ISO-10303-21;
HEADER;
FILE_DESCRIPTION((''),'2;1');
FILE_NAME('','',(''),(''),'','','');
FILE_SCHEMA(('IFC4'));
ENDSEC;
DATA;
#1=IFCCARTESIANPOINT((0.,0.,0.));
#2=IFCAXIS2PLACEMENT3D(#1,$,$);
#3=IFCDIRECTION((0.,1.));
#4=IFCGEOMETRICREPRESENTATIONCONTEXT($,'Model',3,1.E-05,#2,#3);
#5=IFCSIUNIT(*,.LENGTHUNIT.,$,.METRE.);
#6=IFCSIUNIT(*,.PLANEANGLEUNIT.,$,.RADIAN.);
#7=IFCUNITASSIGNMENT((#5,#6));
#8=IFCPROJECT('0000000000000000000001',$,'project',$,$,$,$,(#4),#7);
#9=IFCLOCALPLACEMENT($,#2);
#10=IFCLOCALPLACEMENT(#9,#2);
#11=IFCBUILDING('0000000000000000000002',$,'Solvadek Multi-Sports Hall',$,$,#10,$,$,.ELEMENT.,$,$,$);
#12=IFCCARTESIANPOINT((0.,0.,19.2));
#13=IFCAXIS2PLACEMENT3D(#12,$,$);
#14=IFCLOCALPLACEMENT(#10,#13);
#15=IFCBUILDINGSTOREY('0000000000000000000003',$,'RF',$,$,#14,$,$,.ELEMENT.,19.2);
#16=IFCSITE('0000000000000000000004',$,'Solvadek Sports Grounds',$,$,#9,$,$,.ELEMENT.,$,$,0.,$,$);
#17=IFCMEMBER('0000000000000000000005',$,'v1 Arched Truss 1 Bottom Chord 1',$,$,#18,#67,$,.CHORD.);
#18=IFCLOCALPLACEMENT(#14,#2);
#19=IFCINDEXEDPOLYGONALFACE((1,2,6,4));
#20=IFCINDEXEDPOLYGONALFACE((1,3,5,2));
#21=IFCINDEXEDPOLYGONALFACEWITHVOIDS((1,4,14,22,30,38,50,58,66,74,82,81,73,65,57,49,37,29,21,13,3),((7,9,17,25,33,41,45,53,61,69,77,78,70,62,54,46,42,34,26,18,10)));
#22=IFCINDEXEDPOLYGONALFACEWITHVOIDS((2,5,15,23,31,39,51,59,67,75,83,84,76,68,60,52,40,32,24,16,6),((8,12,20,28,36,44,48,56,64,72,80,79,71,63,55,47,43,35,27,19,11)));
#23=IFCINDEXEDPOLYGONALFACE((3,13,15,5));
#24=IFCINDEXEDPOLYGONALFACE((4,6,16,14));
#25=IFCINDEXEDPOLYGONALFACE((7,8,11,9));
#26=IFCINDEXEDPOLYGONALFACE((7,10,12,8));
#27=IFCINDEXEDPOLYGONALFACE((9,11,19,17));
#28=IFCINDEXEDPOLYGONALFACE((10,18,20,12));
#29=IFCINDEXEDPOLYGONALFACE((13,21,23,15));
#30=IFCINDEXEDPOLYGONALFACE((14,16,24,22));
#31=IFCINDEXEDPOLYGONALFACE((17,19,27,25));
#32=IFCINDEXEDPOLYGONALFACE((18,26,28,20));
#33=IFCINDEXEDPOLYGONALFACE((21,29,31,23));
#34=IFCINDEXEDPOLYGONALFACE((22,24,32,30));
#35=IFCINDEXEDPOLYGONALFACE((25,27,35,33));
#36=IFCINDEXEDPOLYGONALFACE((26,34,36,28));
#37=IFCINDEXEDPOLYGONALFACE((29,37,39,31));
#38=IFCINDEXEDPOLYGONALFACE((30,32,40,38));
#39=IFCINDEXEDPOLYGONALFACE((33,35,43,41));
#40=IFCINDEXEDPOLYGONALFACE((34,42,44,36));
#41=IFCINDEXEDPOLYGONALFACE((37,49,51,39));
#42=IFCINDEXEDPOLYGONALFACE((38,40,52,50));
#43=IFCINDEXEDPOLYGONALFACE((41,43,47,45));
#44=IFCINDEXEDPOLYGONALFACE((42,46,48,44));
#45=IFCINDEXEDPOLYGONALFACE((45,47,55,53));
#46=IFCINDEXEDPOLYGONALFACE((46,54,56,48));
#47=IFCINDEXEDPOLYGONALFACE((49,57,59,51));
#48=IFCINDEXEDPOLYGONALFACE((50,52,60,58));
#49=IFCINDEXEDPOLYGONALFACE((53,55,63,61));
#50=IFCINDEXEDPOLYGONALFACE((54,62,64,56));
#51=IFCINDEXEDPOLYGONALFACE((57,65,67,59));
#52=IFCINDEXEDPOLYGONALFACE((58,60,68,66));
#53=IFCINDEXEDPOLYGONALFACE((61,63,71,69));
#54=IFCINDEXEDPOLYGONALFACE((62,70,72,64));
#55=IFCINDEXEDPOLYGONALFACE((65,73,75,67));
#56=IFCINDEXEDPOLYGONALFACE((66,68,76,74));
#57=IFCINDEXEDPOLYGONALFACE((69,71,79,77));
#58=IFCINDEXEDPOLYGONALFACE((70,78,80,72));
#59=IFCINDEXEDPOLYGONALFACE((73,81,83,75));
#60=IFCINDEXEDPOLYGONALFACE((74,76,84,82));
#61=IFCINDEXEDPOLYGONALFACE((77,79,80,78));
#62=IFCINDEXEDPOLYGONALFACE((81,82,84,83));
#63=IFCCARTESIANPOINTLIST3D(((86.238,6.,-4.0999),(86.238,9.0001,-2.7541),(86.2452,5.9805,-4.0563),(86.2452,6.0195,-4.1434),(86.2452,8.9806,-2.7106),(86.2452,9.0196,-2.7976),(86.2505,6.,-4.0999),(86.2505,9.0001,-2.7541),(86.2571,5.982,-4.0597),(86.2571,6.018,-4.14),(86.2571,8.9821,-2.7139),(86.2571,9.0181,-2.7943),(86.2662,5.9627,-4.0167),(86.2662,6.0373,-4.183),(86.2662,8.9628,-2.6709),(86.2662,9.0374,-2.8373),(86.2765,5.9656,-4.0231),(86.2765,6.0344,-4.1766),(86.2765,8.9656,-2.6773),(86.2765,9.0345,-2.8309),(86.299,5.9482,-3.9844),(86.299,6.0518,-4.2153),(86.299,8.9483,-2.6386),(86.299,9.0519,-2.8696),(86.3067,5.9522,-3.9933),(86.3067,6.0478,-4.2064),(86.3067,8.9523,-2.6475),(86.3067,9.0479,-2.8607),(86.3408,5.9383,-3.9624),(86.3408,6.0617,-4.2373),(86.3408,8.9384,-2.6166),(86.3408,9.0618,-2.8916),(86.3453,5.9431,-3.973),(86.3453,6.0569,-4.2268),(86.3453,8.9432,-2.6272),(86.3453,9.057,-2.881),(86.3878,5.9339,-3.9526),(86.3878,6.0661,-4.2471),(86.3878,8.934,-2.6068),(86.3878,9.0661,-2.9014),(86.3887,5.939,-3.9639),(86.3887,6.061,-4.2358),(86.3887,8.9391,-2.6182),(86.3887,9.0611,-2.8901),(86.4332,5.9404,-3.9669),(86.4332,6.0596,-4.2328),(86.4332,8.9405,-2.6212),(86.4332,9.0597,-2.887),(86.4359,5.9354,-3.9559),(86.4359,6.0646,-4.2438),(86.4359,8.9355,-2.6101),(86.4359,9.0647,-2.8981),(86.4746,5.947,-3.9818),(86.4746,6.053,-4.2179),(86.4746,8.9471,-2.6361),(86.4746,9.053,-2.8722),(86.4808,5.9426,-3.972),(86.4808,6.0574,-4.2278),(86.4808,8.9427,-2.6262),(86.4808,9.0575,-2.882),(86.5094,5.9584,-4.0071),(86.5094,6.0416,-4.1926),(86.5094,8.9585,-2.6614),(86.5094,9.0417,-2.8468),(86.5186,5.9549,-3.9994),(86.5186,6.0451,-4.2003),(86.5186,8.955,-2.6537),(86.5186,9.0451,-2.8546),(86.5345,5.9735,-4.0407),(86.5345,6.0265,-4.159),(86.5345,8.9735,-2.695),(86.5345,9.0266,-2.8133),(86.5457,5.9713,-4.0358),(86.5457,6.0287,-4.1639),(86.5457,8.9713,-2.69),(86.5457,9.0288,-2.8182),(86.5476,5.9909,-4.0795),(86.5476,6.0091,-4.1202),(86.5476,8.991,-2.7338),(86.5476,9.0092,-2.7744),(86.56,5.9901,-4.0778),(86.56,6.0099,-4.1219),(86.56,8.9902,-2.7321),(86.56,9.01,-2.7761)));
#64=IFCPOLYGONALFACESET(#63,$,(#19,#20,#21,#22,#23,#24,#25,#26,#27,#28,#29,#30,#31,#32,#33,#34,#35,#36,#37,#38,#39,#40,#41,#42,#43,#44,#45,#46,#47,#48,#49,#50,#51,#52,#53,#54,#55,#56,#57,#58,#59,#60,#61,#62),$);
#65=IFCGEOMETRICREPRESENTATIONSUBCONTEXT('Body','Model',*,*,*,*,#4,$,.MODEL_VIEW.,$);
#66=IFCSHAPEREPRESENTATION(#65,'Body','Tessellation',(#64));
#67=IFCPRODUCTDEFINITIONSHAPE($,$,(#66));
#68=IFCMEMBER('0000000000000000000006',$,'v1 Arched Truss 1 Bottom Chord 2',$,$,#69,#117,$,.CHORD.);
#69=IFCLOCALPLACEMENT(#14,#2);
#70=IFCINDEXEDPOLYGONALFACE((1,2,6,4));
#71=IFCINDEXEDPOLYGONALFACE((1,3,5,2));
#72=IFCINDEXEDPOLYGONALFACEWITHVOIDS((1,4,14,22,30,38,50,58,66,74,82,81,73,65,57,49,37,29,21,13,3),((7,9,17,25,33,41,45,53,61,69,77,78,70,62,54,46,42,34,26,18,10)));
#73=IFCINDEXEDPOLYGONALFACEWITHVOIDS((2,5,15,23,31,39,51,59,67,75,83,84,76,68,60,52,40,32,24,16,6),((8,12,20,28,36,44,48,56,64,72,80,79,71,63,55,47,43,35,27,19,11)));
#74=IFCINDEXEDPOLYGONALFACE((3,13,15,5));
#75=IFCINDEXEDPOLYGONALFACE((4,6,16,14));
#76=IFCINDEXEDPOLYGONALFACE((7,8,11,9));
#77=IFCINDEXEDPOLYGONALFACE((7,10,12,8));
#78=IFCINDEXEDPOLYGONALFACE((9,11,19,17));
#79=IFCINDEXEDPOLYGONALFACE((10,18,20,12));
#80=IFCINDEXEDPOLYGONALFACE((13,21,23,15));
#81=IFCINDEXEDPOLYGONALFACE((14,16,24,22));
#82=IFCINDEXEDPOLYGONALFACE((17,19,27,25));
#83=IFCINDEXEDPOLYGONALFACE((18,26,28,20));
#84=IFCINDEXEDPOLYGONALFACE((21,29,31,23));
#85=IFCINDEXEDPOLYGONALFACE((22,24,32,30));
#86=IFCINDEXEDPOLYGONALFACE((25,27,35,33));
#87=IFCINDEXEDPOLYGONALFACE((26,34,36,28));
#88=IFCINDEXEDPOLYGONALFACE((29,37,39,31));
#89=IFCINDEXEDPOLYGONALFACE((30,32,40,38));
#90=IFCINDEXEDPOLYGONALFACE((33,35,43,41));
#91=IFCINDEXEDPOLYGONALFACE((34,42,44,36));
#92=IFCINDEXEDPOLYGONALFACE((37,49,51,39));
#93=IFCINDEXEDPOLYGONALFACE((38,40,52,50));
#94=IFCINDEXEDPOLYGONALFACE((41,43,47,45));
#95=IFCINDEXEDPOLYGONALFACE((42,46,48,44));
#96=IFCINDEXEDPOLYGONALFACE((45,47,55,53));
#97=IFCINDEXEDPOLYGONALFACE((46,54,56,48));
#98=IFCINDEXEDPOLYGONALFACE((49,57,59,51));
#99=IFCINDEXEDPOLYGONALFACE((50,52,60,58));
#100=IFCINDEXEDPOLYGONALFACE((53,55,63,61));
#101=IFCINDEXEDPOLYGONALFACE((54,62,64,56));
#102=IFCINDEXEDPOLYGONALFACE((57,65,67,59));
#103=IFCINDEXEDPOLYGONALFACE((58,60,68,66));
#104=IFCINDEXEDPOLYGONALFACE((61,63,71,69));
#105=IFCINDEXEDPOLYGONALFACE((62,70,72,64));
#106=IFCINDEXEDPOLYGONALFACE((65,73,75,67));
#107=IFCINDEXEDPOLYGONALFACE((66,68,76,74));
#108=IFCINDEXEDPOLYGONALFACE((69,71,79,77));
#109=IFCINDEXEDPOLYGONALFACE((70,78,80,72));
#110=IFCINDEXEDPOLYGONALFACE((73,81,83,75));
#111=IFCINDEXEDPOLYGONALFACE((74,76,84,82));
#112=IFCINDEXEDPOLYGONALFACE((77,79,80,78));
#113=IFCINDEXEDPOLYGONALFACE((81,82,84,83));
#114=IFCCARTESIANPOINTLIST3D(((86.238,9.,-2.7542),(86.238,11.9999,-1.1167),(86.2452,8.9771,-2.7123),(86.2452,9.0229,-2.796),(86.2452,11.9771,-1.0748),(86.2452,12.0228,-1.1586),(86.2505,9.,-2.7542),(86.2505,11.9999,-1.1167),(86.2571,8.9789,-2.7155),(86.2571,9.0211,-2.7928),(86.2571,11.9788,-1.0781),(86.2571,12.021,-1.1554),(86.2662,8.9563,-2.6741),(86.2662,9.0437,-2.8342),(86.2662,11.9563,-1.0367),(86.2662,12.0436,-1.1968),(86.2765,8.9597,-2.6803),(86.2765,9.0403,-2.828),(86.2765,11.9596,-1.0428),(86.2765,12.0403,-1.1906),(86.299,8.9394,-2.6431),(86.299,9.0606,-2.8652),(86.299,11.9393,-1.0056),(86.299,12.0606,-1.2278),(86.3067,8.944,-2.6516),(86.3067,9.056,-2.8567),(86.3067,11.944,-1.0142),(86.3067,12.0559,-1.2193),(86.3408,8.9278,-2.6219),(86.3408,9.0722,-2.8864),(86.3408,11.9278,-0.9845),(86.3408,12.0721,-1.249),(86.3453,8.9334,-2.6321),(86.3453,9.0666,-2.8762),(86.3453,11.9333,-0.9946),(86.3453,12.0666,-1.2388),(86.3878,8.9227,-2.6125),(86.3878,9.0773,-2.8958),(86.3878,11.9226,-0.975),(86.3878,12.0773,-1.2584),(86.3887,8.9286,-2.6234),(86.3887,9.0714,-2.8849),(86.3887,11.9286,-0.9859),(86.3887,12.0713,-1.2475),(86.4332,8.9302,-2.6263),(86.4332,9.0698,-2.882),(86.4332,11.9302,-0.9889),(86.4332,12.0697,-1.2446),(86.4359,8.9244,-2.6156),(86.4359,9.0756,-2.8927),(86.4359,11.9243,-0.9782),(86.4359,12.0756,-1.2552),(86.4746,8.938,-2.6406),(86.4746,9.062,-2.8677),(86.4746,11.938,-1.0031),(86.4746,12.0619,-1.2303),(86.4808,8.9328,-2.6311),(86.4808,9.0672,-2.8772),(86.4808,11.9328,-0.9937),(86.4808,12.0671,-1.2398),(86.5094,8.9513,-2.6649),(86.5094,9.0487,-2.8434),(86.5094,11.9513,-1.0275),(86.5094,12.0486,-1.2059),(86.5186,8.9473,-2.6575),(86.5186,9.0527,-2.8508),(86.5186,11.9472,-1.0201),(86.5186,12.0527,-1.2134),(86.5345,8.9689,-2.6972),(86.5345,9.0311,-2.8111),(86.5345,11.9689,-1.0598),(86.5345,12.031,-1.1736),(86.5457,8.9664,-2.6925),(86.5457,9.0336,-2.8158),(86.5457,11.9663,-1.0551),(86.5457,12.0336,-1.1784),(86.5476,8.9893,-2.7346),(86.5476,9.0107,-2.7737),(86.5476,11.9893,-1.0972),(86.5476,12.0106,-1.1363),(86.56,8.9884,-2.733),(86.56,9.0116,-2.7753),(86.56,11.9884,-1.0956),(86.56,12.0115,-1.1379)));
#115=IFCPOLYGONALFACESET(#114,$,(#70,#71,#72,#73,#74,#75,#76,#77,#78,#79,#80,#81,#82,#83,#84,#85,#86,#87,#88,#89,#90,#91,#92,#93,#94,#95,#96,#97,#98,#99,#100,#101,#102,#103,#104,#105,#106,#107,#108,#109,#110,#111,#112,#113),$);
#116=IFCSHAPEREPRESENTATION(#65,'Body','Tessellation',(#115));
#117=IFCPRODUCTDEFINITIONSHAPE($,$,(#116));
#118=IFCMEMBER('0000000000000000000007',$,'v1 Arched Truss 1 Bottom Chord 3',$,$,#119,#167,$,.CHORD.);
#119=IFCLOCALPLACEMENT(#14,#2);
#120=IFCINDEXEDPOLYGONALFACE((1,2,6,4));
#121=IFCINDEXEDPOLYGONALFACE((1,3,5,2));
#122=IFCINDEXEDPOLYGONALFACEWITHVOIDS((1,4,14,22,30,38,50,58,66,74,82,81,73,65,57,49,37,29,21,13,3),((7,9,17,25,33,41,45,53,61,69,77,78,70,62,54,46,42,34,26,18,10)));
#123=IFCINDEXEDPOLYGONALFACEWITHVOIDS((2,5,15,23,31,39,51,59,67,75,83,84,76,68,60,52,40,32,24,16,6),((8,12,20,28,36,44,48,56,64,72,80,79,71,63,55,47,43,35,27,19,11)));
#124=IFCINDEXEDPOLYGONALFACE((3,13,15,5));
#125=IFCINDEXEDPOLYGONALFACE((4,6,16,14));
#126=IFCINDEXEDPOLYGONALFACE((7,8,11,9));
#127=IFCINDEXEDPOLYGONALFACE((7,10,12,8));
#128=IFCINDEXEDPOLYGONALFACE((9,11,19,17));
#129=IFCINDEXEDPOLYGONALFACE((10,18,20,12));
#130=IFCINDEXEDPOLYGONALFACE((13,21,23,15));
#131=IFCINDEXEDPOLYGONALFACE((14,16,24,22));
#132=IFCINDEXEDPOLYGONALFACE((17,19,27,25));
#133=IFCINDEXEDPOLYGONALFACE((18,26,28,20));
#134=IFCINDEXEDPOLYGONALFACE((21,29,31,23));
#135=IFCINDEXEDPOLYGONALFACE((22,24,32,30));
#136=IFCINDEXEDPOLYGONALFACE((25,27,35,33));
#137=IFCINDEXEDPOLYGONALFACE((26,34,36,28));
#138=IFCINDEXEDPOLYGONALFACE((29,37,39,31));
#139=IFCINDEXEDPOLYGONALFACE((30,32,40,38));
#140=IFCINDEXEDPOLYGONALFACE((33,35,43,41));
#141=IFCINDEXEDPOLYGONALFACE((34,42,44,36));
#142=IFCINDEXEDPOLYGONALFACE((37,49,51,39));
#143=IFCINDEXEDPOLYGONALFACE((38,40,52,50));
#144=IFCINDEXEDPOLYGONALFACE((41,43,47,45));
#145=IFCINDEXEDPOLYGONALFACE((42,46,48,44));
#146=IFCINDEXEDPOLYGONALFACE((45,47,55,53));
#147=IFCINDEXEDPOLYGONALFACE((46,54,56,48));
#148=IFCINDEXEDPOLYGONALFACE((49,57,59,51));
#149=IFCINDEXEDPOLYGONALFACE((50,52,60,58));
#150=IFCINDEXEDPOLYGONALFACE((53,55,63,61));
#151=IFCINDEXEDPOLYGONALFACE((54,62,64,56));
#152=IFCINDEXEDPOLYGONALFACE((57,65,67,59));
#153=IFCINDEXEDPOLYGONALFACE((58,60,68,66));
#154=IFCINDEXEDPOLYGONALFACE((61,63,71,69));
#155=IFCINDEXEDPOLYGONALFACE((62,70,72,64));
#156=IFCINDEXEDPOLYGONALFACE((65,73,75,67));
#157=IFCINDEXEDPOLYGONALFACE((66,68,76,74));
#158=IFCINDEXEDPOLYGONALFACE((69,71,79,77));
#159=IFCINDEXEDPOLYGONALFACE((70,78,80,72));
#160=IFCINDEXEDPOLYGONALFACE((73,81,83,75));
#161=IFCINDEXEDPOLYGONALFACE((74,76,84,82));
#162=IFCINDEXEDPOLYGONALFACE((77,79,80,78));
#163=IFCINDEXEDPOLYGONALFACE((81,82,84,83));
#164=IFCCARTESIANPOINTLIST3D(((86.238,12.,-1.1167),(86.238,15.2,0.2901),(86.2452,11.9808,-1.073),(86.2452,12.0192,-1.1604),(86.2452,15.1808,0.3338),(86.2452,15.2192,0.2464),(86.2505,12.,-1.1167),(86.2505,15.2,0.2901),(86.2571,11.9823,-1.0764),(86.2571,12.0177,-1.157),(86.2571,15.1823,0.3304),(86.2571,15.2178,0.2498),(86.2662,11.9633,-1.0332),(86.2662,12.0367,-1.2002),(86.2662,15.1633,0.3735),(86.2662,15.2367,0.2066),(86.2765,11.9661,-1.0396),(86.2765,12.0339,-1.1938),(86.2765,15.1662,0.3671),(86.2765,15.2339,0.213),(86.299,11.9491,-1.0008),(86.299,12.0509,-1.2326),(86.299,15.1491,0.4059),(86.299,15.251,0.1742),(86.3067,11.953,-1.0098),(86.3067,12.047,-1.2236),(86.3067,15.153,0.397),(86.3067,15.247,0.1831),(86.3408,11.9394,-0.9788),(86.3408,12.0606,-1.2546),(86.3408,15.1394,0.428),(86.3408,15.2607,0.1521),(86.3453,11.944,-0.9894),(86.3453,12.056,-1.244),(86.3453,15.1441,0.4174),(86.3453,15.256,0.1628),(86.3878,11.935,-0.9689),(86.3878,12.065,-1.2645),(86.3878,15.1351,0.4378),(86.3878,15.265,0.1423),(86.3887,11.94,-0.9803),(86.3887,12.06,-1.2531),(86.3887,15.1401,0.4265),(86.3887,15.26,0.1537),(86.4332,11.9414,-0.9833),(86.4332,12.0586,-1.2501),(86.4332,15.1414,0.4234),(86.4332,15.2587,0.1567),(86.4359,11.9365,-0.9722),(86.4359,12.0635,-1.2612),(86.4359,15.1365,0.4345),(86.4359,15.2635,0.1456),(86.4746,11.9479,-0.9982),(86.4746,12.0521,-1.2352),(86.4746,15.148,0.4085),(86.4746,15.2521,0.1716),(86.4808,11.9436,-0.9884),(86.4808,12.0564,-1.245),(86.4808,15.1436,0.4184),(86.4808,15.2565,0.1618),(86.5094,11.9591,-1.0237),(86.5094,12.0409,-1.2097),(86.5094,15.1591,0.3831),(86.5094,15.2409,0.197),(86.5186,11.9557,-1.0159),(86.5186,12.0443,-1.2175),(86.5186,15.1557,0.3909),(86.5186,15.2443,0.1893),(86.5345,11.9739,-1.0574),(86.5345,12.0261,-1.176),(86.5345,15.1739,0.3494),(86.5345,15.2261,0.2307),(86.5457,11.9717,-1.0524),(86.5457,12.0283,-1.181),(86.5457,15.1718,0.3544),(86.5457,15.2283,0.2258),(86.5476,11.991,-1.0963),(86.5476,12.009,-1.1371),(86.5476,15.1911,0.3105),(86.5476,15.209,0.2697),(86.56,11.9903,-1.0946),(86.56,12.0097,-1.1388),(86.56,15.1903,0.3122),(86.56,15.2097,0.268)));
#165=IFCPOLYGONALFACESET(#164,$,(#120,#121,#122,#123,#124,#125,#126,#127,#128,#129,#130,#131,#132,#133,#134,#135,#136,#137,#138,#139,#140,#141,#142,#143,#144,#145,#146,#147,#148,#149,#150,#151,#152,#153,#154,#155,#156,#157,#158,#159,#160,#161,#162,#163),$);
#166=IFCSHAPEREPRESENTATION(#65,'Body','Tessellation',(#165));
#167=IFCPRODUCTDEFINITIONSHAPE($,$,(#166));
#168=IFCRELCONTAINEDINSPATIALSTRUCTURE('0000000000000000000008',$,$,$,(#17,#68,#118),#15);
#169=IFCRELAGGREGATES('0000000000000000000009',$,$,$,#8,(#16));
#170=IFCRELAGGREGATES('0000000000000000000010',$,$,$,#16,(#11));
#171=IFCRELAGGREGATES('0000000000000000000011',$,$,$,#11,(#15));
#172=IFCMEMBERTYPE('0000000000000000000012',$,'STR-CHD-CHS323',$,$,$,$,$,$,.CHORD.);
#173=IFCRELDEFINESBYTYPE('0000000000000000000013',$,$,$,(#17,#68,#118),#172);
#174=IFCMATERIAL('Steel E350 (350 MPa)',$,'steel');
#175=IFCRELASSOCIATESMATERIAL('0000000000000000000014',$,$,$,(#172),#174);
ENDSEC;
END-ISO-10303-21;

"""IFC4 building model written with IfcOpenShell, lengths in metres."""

from ifc_helpers import new_model, si_unit, direction, frame, origin, origin_2d, place, context, subcontext, project, spatial, hollow_circle, extrude, material, material_profile, profile_set, type_object, element, save


model = new_model("IFC4")

# Units and contexts
model_context = context("Model", 3, precision=1e-05, world=origin(), true_north=direction((0.0, 1.0)))
body_context = subcontext(model_context, "Body", "Model", "MODEL_VIEW")
ifc_project = project(units=[si_unit("LENGTHUNIT", "METRE"), si_unit("PLANEANGLEUNIT", "RADIAN")], contexts=[model_context])

# Site, building, storey
site_placement = place(None, origin())
site = spatial("IfcSite", under=ifc_project, at=site_placement, Name="Solvadek Sports Grounds", CompositionType="ELEMENT", RefElevation=0.0)
building_placement = place(site_placement, origin())
building = spatial("IfcBuilding", under=site, at=building_placement, Name="Solvadek Multi-Sports Hall", CompositionType="ELEMENT")
storey_placement = place(building_placement, frame((0.0, 0.0, 19.2)))
storey = spatial("IfcBuildingStorey", under=building, at=storey_placement, Name="RF", CompositionType="ELEMENT", Elevation=19.2)

# Shared definitions
ifc_material_1 = material(Name="Steel E350 (350 MPa)", Category="steel")

# Members
ifc_material_profile_1 = material_profile(ifc_material_1, hollow_circle(Radius=0.1619, WallThickness=0.0125, at=origin_2d()), Name="CHS 323.9x12.5")
ifc_profile_set_1 = profile_set([ifc_material_profile_1], Name="Steel E350 (350 MPa)")
member_type_1 = type_object("IfcMemberType", Name="STR-CHD-CHS323", PredefinedType="CHORD", material=ifc_profile_set_1)
member_1_placement = place(storey_placement, frame((86.3999, 6.0, -4.0999), z_axis=(0.0, 0.91241, 0.409278), x_axis=(-1.0, 0.0, 0.0)))
element("IfcMember", 1, at=member_1_placement, inside=storey, type_object=member_type_1, Name="v1 Arched Truss 1 Bottom Chord 1", PredefinedType="CHORD", context=body_context, shape_type="SweptSolid", body=[
    extrude(hollow_circle(Radius=0.1619, WallThickness=0.0125, at=origin_2d()), origin(), (0.0, 0.0, 1.0), 3.2881),
])
member_2_placement = place(storey_placement, frame((86.3999, 9.0, -2.7542), z_axis=(0.0, 0.877762, 0.479097), x_axis=(-1.0, 0.0, 0.0)))
element("IfcMember", 2, at=member_2_placement, inside=storey, type_object=member_type_1, Name="v1 Arched Truss 1 Bottom Chord 2", PredefinedType="CHORD", context=body_context, shape_type="SweptSolid", body=[
    extrude(hollow_circle(Radius=0.1619, WallThickness=0.0125, at=origin_2d()), origin(), (0.0, 0.0, 1.0), 3.4177),
])
member_3_placement = place(storey_placement, frame((86.3999, 12.0, -1.1167), z_axis=(0.0, 0.915446, 0.402441), x_axis=(-1.0, 0.0, 0.0)))
element("IfcMember", 3, at=member_3_placement, inside=storey, type_object=member_type_1, Name="v1 Arched Truss 1 Bottom Chord 3", PredefinedType="CHORD", context=body_context, shape_type="SweptSolid", body=[
    extrude(hollow_circle(Radius=0.1619, WallThickness=0.0125, at=origin_2d()), origin(), (0.0, 0.0, 1.0), 3.4956),
])

save(model, "model.ifc")
